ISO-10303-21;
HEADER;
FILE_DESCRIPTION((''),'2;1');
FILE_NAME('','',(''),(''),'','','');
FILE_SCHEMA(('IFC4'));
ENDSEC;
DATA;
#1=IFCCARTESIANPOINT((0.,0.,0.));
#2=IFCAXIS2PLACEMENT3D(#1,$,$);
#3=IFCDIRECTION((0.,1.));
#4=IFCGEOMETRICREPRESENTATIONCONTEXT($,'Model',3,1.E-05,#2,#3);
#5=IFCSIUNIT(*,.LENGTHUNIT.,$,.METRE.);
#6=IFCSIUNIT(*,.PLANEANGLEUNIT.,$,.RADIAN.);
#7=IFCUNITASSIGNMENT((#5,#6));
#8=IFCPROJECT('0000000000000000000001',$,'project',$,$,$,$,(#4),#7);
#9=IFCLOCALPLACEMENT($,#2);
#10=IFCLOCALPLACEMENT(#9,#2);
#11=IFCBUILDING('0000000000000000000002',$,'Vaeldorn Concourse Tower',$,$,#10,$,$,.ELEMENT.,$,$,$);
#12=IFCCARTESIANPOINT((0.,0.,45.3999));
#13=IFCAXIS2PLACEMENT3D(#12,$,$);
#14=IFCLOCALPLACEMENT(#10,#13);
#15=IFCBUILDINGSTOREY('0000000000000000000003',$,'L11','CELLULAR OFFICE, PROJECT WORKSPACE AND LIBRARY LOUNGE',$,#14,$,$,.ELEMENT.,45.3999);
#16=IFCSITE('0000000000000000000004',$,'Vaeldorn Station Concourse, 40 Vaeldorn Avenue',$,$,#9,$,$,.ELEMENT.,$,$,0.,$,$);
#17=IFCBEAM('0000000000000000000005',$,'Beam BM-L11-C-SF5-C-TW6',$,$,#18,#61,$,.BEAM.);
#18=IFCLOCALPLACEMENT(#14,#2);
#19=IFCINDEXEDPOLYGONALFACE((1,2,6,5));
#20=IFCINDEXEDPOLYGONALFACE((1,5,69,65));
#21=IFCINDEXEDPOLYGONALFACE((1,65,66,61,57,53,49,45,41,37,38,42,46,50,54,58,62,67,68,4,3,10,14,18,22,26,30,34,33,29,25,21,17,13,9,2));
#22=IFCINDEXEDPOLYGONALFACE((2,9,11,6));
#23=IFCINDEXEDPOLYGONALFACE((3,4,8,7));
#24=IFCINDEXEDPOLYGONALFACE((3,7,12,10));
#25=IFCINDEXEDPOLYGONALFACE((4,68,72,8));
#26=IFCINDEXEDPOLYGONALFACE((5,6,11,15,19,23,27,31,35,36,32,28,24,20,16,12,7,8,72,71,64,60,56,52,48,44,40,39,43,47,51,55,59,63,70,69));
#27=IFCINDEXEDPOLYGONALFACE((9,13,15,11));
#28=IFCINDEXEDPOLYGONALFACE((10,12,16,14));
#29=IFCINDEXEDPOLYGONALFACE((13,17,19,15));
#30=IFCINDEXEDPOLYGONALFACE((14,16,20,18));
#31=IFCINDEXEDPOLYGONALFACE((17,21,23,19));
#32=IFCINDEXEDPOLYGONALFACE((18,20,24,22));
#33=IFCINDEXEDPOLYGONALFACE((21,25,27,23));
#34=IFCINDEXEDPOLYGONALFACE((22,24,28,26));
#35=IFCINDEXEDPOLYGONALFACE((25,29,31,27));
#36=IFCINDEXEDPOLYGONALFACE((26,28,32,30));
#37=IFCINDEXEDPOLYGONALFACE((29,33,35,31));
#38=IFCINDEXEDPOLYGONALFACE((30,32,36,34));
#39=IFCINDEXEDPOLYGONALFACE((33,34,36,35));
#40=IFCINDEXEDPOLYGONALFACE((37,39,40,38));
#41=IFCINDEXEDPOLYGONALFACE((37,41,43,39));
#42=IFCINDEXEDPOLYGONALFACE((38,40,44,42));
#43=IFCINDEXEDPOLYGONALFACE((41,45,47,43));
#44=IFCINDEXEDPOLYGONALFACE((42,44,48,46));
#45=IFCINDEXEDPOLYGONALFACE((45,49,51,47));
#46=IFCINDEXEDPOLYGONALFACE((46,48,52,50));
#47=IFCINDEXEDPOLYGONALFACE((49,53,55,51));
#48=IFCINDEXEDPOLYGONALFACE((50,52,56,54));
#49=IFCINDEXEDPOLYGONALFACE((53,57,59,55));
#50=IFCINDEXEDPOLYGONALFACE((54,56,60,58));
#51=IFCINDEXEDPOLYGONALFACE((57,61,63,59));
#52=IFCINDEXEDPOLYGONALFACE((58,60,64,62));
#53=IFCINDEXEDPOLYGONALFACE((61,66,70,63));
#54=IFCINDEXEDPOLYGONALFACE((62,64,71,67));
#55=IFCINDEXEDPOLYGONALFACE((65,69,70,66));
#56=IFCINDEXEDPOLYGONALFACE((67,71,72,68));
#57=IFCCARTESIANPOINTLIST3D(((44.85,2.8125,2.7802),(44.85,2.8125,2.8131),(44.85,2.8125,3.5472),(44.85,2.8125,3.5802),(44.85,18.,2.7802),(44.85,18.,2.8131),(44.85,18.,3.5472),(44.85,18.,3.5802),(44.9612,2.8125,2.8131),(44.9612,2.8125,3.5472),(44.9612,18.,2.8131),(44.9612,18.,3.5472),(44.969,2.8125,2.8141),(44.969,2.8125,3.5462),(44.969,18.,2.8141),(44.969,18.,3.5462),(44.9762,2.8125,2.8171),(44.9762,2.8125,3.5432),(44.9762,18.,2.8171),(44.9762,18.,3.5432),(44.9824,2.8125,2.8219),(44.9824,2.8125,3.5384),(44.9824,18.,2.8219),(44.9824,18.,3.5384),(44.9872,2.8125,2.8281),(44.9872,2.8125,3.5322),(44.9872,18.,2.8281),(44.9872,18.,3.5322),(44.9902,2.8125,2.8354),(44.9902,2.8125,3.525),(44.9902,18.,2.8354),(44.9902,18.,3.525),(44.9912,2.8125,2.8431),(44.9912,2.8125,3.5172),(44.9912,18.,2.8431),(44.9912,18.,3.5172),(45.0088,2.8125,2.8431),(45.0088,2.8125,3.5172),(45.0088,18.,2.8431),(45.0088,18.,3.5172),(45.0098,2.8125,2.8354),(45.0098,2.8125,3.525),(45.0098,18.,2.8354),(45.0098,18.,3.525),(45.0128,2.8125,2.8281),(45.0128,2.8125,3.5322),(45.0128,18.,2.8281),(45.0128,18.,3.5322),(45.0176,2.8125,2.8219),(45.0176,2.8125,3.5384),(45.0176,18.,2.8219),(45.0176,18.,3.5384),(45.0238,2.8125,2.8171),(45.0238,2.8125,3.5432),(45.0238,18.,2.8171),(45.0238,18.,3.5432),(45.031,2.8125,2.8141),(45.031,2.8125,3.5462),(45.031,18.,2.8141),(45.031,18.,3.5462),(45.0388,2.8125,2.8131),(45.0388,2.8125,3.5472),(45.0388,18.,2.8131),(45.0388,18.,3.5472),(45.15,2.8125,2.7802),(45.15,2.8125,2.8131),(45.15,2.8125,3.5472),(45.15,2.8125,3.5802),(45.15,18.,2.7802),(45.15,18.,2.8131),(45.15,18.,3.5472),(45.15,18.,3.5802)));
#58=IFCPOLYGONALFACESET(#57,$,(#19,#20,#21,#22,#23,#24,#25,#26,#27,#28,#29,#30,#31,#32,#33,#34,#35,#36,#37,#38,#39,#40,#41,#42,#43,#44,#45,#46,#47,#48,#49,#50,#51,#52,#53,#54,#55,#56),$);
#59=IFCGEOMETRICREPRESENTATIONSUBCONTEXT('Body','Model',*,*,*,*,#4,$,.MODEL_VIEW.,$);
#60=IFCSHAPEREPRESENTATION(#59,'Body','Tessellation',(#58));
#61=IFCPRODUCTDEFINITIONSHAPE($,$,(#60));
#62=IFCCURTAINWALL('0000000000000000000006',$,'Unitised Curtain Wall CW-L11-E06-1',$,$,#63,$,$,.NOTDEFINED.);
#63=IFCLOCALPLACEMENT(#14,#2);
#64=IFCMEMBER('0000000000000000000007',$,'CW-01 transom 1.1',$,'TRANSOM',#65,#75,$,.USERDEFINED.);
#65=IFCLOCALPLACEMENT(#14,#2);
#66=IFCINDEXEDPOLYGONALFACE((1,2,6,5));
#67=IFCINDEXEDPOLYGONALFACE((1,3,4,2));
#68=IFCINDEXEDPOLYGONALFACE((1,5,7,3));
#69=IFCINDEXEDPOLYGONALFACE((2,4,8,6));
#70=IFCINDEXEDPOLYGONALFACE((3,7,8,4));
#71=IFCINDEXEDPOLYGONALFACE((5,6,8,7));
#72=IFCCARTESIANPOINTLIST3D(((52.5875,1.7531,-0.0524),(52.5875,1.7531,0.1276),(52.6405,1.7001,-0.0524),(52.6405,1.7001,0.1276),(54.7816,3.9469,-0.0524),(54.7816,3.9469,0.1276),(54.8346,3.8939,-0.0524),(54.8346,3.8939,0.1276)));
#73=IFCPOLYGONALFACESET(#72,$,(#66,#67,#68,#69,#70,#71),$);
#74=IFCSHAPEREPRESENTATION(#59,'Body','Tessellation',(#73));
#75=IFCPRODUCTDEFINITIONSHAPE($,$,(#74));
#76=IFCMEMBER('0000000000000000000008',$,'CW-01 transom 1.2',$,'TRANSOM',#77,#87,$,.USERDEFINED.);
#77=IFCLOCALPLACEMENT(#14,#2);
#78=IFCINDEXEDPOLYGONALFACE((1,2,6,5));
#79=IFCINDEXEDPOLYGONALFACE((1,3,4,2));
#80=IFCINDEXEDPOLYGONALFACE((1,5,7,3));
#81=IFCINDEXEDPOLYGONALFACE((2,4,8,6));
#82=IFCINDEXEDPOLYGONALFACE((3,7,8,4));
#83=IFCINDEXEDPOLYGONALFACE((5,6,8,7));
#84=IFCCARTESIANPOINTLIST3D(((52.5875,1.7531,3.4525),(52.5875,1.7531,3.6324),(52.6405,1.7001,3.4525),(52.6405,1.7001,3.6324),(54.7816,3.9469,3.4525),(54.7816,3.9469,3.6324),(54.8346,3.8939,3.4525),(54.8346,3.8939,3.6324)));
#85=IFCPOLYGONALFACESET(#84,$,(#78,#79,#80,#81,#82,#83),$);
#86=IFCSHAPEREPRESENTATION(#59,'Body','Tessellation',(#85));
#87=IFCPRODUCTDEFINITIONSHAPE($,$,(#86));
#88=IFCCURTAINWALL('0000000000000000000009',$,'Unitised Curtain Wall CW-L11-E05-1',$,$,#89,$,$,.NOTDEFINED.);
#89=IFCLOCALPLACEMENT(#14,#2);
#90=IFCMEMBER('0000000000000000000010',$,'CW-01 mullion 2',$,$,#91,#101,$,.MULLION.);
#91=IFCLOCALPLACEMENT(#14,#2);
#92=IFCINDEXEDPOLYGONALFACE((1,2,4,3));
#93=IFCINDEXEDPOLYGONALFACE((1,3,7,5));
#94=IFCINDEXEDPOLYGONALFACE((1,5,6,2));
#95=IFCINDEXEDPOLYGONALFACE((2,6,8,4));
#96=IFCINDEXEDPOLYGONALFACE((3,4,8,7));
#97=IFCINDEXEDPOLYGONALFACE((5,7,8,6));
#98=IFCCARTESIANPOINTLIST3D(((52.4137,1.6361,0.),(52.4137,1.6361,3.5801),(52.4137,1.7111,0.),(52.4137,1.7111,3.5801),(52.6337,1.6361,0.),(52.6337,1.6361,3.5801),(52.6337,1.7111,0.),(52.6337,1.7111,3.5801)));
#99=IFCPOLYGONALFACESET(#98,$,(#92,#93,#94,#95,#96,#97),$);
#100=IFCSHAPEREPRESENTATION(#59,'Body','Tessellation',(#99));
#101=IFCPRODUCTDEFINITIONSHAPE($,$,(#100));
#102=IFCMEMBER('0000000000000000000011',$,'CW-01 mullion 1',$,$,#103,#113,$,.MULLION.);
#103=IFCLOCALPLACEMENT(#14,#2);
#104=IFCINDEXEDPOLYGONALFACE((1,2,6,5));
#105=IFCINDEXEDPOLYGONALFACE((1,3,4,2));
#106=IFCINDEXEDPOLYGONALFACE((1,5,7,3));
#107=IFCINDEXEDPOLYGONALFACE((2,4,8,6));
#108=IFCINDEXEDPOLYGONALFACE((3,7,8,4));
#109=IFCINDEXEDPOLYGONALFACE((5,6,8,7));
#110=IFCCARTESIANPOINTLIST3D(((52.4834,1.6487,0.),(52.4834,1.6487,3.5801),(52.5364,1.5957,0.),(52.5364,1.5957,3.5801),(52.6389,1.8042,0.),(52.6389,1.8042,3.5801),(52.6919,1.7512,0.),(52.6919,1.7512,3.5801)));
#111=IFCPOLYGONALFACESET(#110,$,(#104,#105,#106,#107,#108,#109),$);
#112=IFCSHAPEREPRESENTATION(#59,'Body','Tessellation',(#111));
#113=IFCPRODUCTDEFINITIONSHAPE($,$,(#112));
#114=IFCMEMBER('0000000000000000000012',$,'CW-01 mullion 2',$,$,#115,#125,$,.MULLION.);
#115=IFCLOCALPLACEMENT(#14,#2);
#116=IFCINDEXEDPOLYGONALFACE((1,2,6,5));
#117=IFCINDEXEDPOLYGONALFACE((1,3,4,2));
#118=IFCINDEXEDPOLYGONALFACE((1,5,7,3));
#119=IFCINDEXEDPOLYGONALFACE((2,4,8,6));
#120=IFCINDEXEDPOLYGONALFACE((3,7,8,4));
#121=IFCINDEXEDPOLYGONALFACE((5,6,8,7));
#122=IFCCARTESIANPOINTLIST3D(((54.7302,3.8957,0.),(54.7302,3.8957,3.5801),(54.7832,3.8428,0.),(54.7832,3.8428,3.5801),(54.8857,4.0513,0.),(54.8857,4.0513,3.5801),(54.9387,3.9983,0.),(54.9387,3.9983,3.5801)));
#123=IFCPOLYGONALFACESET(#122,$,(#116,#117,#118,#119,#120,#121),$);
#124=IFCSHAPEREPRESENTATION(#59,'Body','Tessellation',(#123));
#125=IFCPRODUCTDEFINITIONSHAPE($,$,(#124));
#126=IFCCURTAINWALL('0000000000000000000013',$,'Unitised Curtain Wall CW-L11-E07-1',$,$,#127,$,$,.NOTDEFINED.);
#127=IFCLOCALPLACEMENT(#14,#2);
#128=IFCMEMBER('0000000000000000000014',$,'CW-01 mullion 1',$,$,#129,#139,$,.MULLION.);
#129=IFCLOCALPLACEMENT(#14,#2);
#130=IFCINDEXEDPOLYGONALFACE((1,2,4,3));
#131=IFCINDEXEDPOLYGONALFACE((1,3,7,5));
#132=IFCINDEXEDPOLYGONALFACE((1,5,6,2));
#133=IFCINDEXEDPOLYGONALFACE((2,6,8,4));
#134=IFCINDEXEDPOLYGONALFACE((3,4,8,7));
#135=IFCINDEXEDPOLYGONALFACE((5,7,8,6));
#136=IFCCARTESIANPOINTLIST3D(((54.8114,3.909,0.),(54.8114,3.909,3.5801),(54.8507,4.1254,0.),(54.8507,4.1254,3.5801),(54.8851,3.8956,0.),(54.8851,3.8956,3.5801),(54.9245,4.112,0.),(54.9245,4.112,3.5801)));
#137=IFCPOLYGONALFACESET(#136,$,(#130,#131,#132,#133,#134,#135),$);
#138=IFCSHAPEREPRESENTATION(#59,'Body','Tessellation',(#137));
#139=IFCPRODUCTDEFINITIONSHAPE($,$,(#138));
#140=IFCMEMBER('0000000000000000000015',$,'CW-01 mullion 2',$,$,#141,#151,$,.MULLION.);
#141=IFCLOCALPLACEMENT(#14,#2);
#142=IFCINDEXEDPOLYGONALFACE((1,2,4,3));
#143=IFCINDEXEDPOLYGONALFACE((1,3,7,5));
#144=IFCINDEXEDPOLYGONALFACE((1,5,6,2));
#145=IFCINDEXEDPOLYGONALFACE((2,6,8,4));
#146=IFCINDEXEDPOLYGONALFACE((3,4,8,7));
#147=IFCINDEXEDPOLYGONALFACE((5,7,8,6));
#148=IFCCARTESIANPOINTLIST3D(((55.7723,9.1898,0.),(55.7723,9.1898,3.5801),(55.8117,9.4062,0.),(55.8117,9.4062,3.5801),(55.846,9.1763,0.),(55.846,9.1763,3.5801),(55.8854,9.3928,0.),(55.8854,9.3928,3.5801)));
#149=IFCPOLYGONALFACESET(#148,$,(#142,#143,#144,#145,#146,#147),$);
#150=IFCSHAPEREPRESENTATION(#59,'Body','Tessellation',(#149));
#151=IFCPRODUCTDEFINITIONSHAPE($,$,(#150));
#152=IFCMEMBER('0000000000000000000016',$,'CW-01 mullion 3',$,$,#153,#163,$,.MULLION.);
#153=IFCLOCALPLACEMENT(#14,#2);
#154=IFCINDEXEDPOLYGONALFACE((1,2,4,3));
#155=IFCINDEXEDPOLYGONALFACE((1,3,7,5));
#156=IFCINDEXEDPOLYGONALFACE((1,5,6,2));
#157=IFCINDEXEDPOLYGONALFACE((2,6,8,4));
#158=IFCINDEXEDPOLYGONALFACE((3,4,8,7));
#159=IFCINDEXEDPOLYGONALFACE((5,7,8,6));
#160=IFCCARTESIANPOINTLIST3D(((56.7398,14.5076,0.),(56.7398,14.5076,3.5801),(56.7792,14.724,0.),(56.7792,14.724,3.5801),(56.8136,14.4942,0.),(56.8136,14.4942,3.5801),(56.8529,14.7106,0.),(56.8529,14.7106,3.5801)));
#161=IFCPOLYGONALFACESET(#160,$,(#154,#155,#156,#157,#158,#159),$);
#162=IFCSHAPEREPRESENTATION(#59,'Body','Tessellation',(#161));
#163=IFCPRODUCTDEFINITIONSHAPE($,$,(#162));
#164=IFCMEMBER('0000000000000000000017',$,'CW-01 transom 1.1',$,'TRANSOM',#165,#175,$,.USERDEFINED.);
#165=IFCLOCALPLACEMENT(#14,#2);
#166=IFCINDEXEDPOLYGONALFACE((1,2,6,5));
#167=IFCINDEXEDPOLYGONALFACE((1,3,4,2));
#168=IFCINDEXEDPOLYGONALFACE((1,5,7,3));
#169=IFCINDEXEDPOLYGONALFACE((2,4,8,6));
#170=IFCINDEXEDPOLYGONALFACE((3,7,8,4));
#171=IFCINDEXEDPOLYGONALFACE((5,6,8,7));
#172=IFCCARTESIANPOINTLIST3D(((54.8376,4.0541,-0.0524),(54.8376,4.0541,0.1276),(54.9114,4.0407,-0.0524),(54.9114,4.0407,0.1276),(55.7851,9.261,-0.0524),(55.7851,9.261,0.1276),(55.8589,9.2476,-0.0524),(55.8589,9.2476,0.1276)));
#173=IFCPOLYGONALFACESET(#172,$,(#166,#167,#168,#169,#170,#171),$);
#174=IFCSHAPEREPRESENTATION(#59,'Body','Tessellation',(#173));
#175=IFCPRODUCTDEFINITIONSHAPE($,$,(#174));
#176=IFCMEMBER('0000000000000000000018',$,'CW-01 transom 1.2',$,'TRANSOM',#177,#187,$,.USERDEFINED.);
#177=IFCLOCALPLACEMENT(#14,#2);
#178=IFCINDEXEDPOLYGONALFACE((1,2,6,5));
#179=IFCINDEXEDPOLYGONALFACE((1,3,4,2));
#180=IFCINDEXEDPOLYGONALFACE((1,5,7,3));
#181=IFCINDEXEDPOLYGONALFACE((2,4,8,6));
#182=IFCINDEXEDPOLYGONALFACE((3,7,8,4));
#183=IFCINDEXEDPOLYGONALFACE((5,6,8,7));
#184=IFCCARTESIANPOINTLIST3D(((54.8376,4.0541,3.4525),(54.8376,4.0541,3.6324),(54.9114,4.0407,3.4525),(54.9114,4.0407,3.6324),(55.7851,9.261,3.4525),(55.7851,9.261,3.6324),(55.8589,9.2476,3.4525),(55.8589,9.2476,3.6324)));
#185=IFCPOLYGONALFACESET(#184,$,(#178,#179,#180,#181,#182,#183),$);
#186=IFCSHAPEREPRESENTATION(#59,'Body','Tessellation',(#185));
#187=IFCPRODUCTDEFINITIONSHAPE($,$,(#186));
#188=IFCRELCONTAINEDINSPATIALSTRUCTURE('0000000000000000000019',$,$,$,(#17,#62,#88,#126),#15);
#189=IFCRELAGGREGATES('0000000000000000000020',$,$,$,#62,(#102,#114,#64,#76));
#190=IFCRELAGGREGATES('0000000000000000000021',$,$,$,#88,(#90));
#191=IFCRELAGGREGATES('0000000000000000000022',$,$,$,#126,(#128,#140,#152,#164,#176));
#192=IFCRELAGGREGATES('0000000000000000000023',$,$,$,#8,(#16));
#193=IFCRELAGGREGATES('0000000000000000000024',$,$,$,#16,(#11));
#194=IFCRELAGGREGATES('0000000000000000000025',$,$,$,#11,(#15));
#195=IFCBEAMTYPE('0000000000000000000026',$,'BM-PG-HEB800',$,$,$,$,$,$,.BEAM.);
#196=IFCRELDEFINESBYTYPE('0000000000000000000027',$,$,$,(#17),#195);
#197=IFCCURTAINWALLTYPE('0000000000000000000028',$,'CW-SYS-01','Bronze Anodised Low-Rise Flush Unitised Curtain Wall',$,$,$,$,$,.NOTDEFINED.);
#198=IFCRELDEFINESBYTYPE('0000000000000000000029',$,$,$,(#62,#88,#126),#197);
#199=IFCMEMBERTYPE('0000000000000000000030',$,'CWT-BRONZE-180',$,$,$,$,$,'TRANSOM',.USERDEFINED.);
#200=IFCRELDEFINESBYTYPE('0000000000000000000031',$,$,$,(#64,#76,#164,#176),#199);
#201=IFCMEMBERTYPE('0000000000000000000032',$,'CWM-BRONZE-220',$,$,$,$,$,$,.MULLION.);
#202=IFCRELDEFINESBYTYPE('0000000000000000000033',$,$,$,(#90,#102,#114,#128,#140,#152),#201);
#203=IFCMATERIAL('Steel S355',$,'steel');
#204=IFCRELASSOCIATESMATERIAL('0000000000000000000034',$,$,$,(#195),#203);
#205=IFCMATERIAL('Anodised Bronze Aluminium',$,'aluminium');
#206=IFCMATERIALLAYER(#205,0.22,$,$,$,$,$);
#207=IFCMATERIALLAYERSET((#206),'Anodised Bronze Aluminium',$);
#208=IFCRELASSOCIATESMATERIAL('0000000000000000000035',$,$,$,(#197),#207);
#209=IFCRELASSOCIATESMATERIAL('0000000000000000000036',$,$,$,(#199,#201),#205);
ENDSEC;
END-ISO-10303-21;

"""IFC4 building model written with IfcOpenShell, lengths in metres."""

from ifc_helpers import new_model, si_unit, direction, frame, origin, origin_2d, place, context, subcontext, project, spatial, rectangle, i_section, extrude, source, transform, mapped, material, layer, layer_set, material_profile, profile_set, type_object, element, aggregate, save


model = new_model("IFC4")

# Units and contexts
model_context = context("Model", 3, precision=1e-05, world=origin(), true_north=direction((0.0, 1.0)))
body_context = subcontext(model_context, "Body", "Model", "MODEL_VIEW")
ifc_project = project(units=[si_unit("LENGTHUNIT", "METRE"), si_unit("PLANEANGLEUNIT", "RADIAN")], contexts=[model_context])

# Site, building, storey
site_placement = place(None, origin())
site = spatial("IfcSite", under=ifc_project, at=site_placement, Name="Vaeldorn Station Concourse, 40 Vaeldorn Avenue", CompositionType="ELEMENT", RefElevation=0.0)
building_placement = place(site_placement, origin())
building = spatial("IfcBuilding", under=site, at=building_placement, Name="Vaeldorn Concourse Tower", CompositionType="ELEMENT")
storey_placement = place(building_placement, frame((0.0, 0.0, 45.3999)))
storey = spatial("IfcBuildingStorey", under=building, at=storey_placement, Name="L11", Description="CELLULAR OFFICE, PROJECT WORKSPACE AND LIBRARY LOUNGE", CompositionType="ELEMENT", Elevation=45.3999)

# Beam
ifc_material_1 = material(Name="Steel S355", Category="steel")
ifc_material_profile_1 = material_profile(ifc_material_1, i_section(OverallWidth=0.3, OverallDepth=0.8, WebThickness=0.0176, FlangeThickness=0.033, FilletRadius=0.03, at=origin_2d()), Name="HEB 800")
ifc_profile_set_1 = profile_set([ifc_material_profile_1], Name="Steel S355")
beam_type_1 = type_object("IfcBeamType", Name="BM-PG-HEB800", PredefinedType="BEAM", material=ifc_profile_set_1)
shared_shape_1 = source(origin(), body_context, "Body", "SweptSolid", [
    extrude(i_section(OverallWidth=0.3, OverallDepth=0.8, WebThickness=0.0176, FlangeThickness=0.033, FilletRadius=0.03, at=origin_2d()), origin(), (0.0, 0.0, 1.0), 15.1875),
])
beam_1_placement = place(storey_placement, frame((45.0, 2.8125, 3.1802), z_axis=(0.0, 1.0, 0.0), x_axis=(-1.0, 0.0, 0.0)))
element("IfcBeam", 1, at=beam_1_placement, inside=storey, type_object=beam_type_1, Name="Beam BM-L11-C-SF5-C-TW6", PredefinedType="BEAM", context=body_context, shape_type="MappedRepresentation", body=[
    mapped(shared_shape_1, transform((0.0, 0.0, 0.0), scale=1.0)),
])

# Curtain wall, members
ifc_material_2 = material(Name="Anodised Bronze Aluminium", Category="aluminium")
ifc_layer_1 = layer(ifc_material_2, 0.22)
ifc_layer_set_1 = layer_set([ifc_layer_1], Name="Anodised Bronze Aluminium")
curtain_wall_type = type_object("IfcCurtainWallType", Name="CW-SYS-01", Description="Bronze Anodised Low-Rise Flush Unitised Curtain Wall", PredefinedType="NOTDEFINED", material=ifc_layer_set_1)
curtain_wall_1_placement = place(storey_placement, origin())
curtain_wall_1 = element("IfcCurtainWall", 2, at=curtain_wall_1_placement, inside=storey, type_object=curtain_wall_type, Name="Unitised Curtain Wall CW-L11-E06-1", PredefinedType="NOTDEFINED")
ifc_material_profile_2 = material_profile(ifc_material_2, rectangle(XDim=0.075, YDim=0.1799, at=origin_2d()), Name="CWT 75x180")
ifc_profile_set_2 = profile_set([ifc_material_profile_2], Name="Anodised Bronze Aluminium")
member_type_1 = type_object("IfcMemberType", Name="CWT-BRONZE-180", ElementType="TRANSOM", PredefinedType="USERDEFINED", material=ifc_profile_set_2)
shared_shape_2 = source(origin(), body_context, "Body", "SweptSolid", [
    extrude(rectangle(XDim=0.075, YDim=0.1799, at=origin_2d()), origin(), (0.0, 0.0, 1.0), 3.1028),
])
member_1_placement = place(storey_placement, frame((52.614, 1.7266, 0.0376), z_axis=(0.707146, 0.707067, 0.0), x_axis=(-0.707067, 0.707146, 0.0)))
member_1 = element("IfcMember", 3, at=member_1_placement, type_object=member_type_1, Name="CW-01 transom 1.1", ObjectType="TRANSOM", PredefinedType="USERDEFINED", context=body_context, shape_type="MappedRepresentation", body=[
    mapped(shared_shape_2, transform((0.0, 0.0, 0.0), scale=1.0)),
])
member_2_placement = place(storey_placement, frame((52.614, 1.7266, 3.5425), z_axis=(0.707146, 0.707067, 0.0), x_axis=(-0.707067, 0.707146, 0.0)))
member_2 = element("IfcMember", 4, at=member_2_placement, type_object=member_type_1, Name="CW-01 transom 1.2", ObjectType="TRANSOM", PredefinedType="USERDEFINED", context=body_context, shape_type="MappedRepresentation", body=[
    mapped(shared_shape_2, transform((0.0, 0.0, 0.0), scale=1.0)),
])

# Curtain wall, member
curtain_wall_2_placement = place(storey_placement, origin())
curtain_wall_2 = element("IfcCurtainWall", 5, at=curtain_wall_2_placement, inside=storey, type_object=curtain_wall_type, Name="Unitised Curtain Wall CW-L11-E05-1", PredefinedType="NOTDEFINED")
ifc_material_profile_3 = material_profile(ifc_material_2, rectangle(XDim=0.075, YDim=0.22, at=origin_2d()), Name="CWM 75x220")
ifc_profile_set_3 = profile_set([ifc_material_profile_3], Name="Anodised Bronze Aluminium")
member_type_2 = type_object("IfcMemberType", Name="CWM-BRONZE-220", PredefinedType="MULLION", material=ifc_profile_set_3)
shared_shape_3 = source(origin(), body_context, "Body", "SweptSolid", [
    extrude(rectangle(XDim=0.075, YDim=0.22, at=origin_2d()), origin(), (0.0, 0.0, 1.0), 3.5801),
])
member_3_placement = place(storey_placement, frame((52.5237, 1.6736, 0.0), z_axis=(0.0, 0.0, 1.0), x_axis=(0.0, 1.0, 0.0)))
member_3 = element("IfcMember", 6, at=member_3_placement, type_object=member_type_2, Name="CW-01 mullion 2", PredefinedType="MULLION", context=body_context, shape_type="MappedRepresentation", body=[
    mapped(shared_shape_3, transform((0.0, 0.0, 0.0), scale=1.0)),
])

# Members
member_4_placement = place(storey_placement, frame((52.5876, 1.7, 0.0), z_axis=(0.0, 0.0, 1.0), x_axis=(-0.707107, 0.707107, 0.0)))
member_4 = element("IfcMember", 7, at=member_4_placement, type_object=member_type_2, Name="CW-01 mullion 1", PredefinedType="MULLION", context=body_context, shape_type="MappedRepresentation", body=[
    mapped(shared_shape_3, transform((0.0, 0.0, 0.0), scale=1.0)),
])
member_5_placement = place(storey_placement, frame((54.8345, 3.947, 0.0), z_axis=(0.0, 0.0, 1.0), x_axis=(-0.707107, 0.707107, 0.0)))
member_5 = element("IfcMember", 8, at=member_5_placement, type_object=member_type_2, Name="CW-01 mullion 2", PredefinedType="MULLION", context=body_context, shape_type="MappedRepresentation", body=[
    mapped(shared_shape_3, transform((0.0, 0.0, 0.0), scale=1.0)),
])

# Curtain wall, members
curtain_wall_3_placement = place(storey_placement, origin())
curtain_wall_3 = element("IfcCurtainWall", 9, at=curtain_wall_3_placement, inside=storey, type_object=curtain_wall_type, Name="Unitised Curtain Wall CW-L11-E07-1", PredefinedType="NOTDEFINED")
member_6_placement = place(storey_placement, frame((54.8679, 4.0105, 0.0), z_axis=(0.0, 0.0, 1.0), x_axis=(-0.983844, 0.17903, 0.0)))
member_6 = element("IfcMember", 10, at=member_6_placement, type_object=member_type_2, Name="CW-01 mullion 1", PredefinedType="MULLION", context=body_context, shape_type="MappedRepresentation", body=[
    mapped(shared_shape_3, transform((0.0, 0.0, 0.0), scale=1.0)),
])
member_7_placement = place(storey_placement, frame((55.8289, 9.2913, 0.0), z_axis=(0.0, 0.0, 1.0), x_axis=(-0.983844, 0.17903, 0.0)))
member_7 = element("IfcMember", 11, at=member_7_placement, type_object=member_type_2, Name="CW-01 mullion 2", PredefinedType="MULLION", context=body_context, shape_type="MappedRepresentation", body=[
    mapped(shared_shape_3, transform((0.0, 0.0, 0.0), scale=1.0)),
])
member_8_placement = place(storey_placement, frame((56.7964, 14.6091, 0.0), z_axis=(0.0, 0.0, 1.0), x_axis=(-0.983844, 0.17903, 0.0)))
member_8 = element("IfcMember", 12, at=member_8_placement, type_object=member_type_2, Name="CW-01 mullion 3", PredefinedType="MULLION", context=body_context, shape_type="MappedRepresentation", body=[
    mapped(shared_shape_3, transform((0.0, 0.0, 0.0), scale=1.0)),
])
shared_shape_4 = source(origin(), body_context, "Body", "SweptSolid", [
    extrude(rectangle(XDim=0.075, YDim=0.1799, at=origin_2d()), origin(), (0.0, 0.0, 1.0), 5.2925),
])
member_9_placement = place(storey_placement, frame((54.8745, 4.0474, 0.0376), z_axis=(0.179028, 0.983844, 0.0), x_axis=(-0.983844, 0.179028, 0.0)))
member_9 = element("IfcMember", 13, at=member_9_placement, type_object=member_type_1, Name="CW-01 transom 1.1", ObjectType="TRANSOM", PredefinedType="USERDEFINED", context=body_context, shape_type="MappedRepresentation", body=[
    mapped(shared_shape_4, transform((0.0, 0.0, 0.0), scale=1.0)),
])
member_10_placement = place(storey_placement, frame((54.8745, 4.0474, 3.5425), z_axis=(0.179028, 0.983844, 0.0), x_axis=(-0.983844, 0.179028, 0.0)))
member_10 = element("IfcMember", 14, at=member_10_placement, type_object=member_type_1, Name="CW-01 transom 1.2", ObjectType="TRANSOM", PredefinedType="USERDEFINED", context=body_context, shape_type="MappedRepresentation", body=[
    mapped(shared_shape_4, transform((0.0, 0.0, 0.0), scale=1.0)),
])

aggregate(curtain_wall_1, [member_4, member_5, member_1, member_2])
aggregate(curtain_wall_2, [member_3])
aggregate(curtain_wall_3, [member_6, member_7, member_8, member_9, member_10])

save(model, "model.ifc")
